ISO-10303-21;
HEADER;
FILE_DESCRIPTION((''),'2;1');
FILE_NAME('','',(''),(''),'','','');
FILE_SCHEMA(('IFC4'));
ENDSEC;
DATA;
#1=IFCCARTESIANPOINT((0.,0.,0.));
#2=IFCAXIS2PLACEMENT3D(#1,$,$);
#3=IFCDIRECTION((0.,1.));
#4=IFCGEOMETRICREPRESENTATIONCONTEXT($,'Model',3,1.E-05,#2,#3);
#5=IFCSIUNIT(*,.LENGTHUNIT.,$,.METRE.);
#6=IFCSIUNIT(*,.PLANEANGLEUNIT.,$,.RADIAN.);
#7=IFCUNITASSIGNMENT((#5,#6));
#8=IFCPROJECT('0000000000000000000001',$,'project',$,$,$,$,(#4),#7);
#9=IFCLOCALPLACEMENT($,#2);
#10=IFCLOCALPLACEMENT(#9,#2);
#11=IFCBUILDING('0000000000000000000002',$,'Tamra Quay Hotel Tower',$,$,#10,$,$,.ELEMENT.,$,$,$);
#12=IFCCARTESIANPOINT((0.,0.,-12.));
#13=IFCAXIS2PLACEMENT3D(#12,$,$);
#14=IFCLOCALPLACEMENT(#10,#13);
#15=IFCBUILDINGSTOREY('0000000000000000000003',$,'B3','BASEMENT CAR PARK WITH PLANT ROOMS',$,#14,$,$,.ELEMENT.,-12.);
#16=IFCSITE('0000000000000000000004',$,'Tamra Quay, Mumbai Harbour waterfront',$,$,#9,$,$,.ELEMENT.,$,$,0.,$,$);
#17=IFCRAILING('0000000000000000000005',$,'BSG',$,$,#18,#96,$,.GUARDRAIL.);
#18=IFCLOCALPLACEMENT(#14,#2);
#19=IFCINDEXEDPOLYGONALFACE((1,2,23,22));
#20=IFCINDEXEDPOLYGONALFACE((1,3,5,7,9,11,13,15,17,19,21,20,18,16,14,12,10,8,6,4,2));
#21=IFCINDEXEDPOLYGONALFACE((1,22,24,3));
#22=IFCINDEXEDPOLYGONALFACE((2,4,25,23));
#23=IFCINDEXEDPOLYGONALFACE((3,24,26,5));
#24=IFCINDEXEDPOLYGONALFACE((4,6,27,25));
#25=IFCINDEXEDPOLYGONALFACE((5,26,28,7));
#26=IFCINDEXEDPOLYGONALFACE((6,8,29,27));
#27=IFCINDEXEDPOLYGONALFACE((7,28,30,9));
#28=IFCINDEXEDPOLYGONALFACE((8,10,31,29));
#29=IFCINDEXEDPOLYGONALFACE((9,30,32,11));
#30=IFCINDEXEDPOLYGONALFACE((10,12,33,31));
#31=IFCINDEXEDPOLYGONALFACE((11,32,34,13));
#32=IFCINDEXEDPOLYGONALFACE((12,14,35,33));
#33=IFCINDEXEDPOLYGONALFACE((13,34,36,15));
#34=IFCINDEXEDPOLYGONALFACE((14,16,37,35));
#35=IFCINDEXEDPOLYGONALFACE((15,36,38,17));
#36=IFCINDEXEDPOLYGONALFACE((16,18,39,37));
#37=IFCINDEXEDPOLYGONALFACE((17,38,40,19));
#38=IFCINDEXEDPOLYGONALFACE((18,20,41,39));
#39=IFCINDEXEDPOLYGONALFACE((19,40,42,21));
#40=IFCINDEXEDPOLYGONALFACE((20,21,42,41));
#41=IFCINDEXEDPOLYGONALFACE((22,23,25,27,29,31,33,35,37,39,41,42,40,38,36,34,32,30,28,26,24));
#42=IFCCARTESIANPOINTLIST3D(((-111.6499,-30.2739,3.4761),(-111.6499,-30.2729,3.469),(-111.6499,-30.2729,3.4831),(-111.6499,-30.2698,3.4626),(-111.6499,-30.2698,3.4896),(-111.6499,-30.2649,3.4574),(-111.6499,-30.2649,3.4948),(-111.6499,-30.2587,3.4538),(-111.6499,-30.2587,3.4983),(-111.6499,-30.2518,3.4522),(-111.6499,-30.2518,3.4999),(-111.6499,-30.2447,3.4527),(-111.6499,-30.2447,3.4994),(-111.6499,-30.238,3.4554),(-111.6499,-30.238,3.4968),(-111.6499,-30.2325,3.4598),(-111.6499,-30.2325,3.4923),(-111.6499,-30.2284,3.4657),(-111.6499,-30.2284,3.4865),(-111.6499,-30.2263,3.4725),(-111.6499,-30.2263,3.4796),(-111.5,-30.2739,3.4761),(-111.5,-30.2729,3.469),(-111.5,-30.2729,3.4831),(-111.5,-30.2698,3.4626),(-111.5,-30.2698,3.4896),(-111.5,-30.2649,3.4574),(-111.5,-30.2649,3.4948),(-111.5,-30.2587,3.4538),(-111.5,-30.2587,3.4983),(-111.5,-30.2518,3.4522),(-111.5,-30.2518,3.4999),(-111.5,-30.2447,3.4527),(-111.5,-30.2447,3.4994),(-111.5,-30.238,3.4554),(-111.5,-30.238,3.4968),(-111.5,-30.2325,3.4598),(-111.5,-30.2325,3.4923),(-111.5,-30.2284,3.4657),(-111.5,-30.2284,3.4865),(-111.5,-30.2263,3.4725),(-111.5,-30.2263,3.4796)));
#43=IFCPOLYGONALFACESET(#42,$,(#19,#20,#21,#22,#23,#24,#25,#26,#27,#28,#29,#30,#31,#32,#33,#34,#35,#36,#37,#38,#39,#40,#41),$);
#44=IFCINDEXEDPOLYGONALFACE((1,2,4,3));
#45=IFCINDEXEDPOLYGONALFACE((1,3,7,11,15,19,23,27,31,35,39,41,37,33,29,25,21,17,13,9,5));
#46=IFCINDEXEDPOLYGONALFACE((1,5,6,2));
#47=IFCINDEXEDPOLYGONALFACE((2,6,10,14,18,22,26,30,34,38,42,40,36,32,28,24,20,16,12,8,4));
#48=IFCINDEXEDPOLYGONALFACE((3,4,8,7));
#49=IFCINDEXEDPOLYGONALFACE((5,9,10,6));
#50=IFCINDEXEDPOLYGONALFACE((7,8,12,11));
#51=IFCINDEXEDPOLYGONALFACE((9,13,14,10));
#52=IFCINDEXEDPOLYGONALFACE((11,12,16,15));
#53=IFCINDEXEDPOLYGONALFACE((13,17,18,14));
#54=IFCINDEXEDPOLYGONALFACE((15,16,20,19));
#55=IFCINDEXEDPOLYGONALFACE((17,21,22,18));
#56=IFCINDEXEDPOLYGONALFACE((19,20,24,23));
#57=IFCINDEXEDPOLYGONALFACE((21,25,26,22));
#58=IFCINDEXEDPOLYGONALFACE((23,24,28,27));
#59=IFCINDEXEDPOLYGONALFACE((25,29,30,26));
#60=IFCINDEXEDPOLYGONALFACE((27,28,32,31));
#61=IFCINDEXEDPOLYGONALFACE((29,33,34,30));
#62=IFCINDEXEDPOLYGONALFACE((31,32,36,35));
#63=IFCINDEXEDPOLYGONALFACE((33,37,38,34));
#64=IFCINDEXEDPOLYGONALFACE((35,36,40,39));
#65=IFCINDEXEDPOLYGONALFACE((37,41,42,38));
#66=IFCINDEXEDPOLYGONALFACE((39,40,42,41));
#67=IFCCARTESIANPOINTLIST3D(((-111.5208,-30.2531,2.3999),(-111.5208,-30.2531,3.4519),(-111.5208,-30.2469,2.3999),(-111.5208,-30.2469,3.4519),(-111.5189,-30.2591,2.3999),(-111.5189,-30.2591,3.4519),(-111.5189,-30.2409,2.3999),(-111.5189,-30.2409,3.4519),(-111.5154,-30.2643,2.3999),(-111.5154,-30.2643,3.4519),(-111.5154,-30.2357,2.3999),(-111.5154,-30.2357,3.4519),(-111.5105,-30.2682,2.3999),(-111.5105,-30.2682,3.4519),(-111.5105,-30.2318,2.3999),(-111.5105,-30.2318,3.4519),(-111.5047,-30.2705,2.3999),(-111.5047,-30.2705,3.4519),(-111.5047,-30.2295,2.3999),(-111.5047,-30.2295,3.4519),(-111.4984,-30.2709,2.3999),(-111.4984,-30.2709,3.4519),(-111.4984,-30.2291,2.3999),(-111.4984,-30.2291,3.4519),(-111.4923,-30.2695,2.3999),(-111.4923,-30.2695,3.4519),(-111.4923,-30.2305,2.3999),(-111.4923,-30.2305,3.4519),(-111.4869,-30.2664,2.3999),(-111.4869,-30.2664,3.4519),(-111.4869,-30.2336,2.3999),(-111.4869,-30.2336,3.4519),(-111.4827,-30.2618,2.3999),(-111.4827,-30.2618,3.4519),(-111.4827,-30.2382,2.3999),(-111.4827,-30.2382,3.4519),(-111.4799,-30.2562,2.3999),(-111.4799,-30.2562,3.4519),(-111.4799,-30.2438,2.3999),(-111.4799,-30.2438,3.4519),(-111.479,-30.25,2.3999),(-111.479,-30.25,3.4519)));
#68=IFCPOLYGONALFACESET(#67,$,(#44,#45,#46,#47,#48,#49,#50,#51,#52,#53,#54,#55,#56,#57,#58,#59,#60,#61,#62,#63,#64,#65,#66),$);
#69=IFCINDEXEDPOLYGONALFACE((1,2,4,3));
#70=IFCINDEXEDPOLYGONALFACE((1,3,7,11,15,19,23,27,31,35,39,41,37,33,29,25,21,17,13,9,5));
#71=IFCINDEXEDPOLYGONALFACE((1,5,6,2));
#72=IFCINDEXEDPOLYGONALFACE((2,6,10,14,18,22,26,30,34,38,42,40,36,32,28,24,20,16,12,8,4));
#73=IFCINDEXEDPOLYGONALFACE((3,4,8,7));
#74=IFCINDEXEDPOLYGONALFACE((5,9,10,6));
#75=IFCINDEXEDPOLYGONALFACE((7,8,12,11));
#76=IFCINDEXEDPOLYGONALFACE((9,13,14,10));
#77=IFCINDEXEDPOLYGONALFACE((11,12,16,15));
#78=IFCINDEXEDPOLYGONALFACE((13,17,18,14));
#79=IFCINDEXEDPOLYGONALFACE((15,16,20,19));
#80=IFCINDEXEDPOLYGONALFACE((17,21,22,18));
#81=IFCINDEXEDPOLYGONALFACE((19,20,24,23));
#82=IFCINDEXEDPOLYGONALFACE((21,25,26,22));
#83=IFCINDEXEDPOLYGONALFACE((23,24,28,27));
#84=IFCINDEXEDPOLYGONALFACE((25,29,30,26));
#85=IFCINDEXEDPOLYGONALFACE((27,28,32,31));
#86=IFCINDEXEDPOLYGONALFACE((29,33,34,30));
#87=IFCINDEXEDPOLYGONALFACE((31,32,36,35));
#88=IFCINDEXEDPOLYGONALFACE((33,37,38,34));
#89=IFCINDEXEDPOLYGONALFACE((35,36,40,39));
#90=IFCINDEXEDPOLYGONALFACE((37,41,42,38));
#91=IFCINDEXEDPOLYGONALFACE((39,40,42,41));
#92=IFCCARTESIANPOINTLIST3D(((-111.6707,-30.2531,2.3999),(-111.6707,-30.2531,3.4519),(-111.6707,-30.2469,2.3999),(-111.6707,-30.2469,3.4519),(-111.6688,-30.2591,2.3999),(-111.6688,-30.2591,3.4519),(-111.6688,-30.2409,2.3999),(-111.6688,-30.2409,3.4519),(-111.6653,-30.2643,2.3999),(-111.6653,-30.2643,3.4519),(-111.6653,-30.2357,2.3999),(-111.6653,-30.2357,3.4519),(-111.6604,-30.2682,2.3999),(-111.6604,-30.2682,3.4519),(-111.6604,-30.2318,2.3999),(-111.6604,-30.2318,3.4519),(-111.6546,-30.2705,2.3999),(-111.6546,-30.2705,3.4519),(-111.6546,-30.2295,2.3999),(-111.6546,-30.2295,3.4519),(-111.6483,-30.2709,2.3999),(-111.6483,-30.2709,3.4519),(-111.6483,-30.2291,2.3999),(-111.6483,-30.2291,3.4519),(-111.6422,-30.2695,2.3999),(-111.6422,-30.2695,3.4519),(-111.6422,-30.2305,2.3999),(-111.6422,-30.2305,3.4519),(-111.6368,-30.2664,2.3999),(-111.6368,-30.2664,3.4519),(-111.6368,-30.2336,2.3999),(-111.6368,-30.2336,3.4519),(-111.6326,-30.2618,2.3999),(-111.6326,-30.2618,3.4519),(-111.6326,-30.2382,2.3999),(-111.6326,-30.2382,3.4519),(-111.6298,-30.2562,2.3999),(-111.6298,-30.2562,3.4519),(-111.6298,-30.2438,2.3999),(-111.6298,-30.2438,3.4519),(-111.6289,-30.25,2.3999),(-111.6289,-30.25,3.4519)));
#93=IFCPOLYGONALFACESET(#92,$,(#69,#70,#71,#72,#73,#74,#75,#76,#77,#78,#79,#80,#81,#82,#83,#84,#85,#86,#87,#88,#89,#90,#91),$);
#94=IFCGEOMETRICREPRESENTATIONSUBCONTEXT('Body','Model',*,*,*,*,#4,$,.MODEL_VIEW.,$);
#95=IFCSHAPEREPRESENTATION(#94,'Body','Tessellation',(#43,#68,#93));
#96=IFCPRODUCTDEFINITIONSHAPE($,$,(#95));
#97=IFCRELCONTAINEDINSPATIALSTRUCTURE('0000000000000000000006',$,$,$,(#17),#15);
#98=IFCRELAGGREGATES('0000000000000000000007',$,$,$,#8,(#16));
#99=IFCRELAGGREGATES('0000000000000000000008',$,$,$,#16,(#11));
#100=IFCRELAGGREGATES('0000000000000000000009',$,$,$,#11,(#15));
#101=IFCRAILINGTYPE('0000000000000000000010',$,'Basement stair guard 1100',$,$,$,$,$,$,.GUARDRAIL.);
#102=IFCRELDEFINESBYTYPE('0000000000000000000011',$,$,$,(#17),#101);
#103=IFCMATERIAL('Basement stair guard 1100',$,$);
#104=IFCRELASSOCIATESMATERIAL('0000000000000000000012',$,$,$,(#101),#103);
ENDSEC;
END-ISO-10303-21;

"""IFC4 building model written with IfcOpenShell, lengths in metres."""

from ifc_helpers import new_model, si_unit, direction, frame, origin, origin_2d, place, context, subcontext, project, spatial, circle, extrude, material, type_object, element, save


model = new_model("IFC4")

# Units and contexts
model_context = context("Model", 3, precision=1e-05, world=origin(), true_north=direction((0.0, 1.0)))
body_context = subcontext(model_context, "Body", "Model", "MODEL_VIEW")
ifc_project = project(units=[si_unit("LENGTHUNIT", "METRE"), si_unit("PLANEANGLEUNIT", "RADIAN")], contexts=[model_context])

# Site, building, storey
site_placement = place(None, origin())
site = spatial("IfcSite", under=ifc_project, at=site_placement, Name="Tamra Quay, Mumbai Harbour waterfront", CompositionType="ELEMENT", RefElevation=0.0)
building_placement = place(site_placement, origin())
building = spatial("IfcBuilding", under=site, at=building_placement, Name="Tamra Quay Hotel Tower", CompositionType="ELEMENT")
storey_placement = place(building_placement, frame((0.0, 0.0, -12.0)))
storey = spatial("IfcBuildingStorey", under=building, at=storey_placement, Name="B3", Description="BASEMENT CAR PARK WITH PLANT ROOMS", CompositionType="ELEMENT", Elevation=-12.0)

# Railing
ifc_material_1 = material(Name="Basement stair guard 1100")
railing_type_1 = type_object("IfcRailingType", Name="Basement stair guard 1100", PredefinedType="GUARDRAIL", material=ifc_material_1)
railing_1_placement = place(storey_placement, frame((-111.5, -30.25, 2.3999)))
element("IfcRailing", 1, at=railing_1_placement, inside=storey, type_object=railing_type_1, Name="BSG", PredefinedType="GUARDRAIL", context=body_context, shape_type="SweptSolid", body=[
    extrude(circle(Radius=0.0239, at=origin_2d()), frame((0.0, 0.0, 1.0762), z_axis=(-1.0, 0.0, 0.0), x_axis=(0.0, -1.0, 0.0)), (0.0, 0.0, 1.0), 0.1499),
    extrude(circle(Radius=0.021, at=origin_2d()), origin(), (0.0, 0.0, 1.0), 1.052),
    extrude(circle(Radius=0.021, at=origin_2d()), frame((-0.1499, 0.0, 0.0)), (0.0, 0.0, 1.0), 1.052),
])

save(model, "model.ifc")
